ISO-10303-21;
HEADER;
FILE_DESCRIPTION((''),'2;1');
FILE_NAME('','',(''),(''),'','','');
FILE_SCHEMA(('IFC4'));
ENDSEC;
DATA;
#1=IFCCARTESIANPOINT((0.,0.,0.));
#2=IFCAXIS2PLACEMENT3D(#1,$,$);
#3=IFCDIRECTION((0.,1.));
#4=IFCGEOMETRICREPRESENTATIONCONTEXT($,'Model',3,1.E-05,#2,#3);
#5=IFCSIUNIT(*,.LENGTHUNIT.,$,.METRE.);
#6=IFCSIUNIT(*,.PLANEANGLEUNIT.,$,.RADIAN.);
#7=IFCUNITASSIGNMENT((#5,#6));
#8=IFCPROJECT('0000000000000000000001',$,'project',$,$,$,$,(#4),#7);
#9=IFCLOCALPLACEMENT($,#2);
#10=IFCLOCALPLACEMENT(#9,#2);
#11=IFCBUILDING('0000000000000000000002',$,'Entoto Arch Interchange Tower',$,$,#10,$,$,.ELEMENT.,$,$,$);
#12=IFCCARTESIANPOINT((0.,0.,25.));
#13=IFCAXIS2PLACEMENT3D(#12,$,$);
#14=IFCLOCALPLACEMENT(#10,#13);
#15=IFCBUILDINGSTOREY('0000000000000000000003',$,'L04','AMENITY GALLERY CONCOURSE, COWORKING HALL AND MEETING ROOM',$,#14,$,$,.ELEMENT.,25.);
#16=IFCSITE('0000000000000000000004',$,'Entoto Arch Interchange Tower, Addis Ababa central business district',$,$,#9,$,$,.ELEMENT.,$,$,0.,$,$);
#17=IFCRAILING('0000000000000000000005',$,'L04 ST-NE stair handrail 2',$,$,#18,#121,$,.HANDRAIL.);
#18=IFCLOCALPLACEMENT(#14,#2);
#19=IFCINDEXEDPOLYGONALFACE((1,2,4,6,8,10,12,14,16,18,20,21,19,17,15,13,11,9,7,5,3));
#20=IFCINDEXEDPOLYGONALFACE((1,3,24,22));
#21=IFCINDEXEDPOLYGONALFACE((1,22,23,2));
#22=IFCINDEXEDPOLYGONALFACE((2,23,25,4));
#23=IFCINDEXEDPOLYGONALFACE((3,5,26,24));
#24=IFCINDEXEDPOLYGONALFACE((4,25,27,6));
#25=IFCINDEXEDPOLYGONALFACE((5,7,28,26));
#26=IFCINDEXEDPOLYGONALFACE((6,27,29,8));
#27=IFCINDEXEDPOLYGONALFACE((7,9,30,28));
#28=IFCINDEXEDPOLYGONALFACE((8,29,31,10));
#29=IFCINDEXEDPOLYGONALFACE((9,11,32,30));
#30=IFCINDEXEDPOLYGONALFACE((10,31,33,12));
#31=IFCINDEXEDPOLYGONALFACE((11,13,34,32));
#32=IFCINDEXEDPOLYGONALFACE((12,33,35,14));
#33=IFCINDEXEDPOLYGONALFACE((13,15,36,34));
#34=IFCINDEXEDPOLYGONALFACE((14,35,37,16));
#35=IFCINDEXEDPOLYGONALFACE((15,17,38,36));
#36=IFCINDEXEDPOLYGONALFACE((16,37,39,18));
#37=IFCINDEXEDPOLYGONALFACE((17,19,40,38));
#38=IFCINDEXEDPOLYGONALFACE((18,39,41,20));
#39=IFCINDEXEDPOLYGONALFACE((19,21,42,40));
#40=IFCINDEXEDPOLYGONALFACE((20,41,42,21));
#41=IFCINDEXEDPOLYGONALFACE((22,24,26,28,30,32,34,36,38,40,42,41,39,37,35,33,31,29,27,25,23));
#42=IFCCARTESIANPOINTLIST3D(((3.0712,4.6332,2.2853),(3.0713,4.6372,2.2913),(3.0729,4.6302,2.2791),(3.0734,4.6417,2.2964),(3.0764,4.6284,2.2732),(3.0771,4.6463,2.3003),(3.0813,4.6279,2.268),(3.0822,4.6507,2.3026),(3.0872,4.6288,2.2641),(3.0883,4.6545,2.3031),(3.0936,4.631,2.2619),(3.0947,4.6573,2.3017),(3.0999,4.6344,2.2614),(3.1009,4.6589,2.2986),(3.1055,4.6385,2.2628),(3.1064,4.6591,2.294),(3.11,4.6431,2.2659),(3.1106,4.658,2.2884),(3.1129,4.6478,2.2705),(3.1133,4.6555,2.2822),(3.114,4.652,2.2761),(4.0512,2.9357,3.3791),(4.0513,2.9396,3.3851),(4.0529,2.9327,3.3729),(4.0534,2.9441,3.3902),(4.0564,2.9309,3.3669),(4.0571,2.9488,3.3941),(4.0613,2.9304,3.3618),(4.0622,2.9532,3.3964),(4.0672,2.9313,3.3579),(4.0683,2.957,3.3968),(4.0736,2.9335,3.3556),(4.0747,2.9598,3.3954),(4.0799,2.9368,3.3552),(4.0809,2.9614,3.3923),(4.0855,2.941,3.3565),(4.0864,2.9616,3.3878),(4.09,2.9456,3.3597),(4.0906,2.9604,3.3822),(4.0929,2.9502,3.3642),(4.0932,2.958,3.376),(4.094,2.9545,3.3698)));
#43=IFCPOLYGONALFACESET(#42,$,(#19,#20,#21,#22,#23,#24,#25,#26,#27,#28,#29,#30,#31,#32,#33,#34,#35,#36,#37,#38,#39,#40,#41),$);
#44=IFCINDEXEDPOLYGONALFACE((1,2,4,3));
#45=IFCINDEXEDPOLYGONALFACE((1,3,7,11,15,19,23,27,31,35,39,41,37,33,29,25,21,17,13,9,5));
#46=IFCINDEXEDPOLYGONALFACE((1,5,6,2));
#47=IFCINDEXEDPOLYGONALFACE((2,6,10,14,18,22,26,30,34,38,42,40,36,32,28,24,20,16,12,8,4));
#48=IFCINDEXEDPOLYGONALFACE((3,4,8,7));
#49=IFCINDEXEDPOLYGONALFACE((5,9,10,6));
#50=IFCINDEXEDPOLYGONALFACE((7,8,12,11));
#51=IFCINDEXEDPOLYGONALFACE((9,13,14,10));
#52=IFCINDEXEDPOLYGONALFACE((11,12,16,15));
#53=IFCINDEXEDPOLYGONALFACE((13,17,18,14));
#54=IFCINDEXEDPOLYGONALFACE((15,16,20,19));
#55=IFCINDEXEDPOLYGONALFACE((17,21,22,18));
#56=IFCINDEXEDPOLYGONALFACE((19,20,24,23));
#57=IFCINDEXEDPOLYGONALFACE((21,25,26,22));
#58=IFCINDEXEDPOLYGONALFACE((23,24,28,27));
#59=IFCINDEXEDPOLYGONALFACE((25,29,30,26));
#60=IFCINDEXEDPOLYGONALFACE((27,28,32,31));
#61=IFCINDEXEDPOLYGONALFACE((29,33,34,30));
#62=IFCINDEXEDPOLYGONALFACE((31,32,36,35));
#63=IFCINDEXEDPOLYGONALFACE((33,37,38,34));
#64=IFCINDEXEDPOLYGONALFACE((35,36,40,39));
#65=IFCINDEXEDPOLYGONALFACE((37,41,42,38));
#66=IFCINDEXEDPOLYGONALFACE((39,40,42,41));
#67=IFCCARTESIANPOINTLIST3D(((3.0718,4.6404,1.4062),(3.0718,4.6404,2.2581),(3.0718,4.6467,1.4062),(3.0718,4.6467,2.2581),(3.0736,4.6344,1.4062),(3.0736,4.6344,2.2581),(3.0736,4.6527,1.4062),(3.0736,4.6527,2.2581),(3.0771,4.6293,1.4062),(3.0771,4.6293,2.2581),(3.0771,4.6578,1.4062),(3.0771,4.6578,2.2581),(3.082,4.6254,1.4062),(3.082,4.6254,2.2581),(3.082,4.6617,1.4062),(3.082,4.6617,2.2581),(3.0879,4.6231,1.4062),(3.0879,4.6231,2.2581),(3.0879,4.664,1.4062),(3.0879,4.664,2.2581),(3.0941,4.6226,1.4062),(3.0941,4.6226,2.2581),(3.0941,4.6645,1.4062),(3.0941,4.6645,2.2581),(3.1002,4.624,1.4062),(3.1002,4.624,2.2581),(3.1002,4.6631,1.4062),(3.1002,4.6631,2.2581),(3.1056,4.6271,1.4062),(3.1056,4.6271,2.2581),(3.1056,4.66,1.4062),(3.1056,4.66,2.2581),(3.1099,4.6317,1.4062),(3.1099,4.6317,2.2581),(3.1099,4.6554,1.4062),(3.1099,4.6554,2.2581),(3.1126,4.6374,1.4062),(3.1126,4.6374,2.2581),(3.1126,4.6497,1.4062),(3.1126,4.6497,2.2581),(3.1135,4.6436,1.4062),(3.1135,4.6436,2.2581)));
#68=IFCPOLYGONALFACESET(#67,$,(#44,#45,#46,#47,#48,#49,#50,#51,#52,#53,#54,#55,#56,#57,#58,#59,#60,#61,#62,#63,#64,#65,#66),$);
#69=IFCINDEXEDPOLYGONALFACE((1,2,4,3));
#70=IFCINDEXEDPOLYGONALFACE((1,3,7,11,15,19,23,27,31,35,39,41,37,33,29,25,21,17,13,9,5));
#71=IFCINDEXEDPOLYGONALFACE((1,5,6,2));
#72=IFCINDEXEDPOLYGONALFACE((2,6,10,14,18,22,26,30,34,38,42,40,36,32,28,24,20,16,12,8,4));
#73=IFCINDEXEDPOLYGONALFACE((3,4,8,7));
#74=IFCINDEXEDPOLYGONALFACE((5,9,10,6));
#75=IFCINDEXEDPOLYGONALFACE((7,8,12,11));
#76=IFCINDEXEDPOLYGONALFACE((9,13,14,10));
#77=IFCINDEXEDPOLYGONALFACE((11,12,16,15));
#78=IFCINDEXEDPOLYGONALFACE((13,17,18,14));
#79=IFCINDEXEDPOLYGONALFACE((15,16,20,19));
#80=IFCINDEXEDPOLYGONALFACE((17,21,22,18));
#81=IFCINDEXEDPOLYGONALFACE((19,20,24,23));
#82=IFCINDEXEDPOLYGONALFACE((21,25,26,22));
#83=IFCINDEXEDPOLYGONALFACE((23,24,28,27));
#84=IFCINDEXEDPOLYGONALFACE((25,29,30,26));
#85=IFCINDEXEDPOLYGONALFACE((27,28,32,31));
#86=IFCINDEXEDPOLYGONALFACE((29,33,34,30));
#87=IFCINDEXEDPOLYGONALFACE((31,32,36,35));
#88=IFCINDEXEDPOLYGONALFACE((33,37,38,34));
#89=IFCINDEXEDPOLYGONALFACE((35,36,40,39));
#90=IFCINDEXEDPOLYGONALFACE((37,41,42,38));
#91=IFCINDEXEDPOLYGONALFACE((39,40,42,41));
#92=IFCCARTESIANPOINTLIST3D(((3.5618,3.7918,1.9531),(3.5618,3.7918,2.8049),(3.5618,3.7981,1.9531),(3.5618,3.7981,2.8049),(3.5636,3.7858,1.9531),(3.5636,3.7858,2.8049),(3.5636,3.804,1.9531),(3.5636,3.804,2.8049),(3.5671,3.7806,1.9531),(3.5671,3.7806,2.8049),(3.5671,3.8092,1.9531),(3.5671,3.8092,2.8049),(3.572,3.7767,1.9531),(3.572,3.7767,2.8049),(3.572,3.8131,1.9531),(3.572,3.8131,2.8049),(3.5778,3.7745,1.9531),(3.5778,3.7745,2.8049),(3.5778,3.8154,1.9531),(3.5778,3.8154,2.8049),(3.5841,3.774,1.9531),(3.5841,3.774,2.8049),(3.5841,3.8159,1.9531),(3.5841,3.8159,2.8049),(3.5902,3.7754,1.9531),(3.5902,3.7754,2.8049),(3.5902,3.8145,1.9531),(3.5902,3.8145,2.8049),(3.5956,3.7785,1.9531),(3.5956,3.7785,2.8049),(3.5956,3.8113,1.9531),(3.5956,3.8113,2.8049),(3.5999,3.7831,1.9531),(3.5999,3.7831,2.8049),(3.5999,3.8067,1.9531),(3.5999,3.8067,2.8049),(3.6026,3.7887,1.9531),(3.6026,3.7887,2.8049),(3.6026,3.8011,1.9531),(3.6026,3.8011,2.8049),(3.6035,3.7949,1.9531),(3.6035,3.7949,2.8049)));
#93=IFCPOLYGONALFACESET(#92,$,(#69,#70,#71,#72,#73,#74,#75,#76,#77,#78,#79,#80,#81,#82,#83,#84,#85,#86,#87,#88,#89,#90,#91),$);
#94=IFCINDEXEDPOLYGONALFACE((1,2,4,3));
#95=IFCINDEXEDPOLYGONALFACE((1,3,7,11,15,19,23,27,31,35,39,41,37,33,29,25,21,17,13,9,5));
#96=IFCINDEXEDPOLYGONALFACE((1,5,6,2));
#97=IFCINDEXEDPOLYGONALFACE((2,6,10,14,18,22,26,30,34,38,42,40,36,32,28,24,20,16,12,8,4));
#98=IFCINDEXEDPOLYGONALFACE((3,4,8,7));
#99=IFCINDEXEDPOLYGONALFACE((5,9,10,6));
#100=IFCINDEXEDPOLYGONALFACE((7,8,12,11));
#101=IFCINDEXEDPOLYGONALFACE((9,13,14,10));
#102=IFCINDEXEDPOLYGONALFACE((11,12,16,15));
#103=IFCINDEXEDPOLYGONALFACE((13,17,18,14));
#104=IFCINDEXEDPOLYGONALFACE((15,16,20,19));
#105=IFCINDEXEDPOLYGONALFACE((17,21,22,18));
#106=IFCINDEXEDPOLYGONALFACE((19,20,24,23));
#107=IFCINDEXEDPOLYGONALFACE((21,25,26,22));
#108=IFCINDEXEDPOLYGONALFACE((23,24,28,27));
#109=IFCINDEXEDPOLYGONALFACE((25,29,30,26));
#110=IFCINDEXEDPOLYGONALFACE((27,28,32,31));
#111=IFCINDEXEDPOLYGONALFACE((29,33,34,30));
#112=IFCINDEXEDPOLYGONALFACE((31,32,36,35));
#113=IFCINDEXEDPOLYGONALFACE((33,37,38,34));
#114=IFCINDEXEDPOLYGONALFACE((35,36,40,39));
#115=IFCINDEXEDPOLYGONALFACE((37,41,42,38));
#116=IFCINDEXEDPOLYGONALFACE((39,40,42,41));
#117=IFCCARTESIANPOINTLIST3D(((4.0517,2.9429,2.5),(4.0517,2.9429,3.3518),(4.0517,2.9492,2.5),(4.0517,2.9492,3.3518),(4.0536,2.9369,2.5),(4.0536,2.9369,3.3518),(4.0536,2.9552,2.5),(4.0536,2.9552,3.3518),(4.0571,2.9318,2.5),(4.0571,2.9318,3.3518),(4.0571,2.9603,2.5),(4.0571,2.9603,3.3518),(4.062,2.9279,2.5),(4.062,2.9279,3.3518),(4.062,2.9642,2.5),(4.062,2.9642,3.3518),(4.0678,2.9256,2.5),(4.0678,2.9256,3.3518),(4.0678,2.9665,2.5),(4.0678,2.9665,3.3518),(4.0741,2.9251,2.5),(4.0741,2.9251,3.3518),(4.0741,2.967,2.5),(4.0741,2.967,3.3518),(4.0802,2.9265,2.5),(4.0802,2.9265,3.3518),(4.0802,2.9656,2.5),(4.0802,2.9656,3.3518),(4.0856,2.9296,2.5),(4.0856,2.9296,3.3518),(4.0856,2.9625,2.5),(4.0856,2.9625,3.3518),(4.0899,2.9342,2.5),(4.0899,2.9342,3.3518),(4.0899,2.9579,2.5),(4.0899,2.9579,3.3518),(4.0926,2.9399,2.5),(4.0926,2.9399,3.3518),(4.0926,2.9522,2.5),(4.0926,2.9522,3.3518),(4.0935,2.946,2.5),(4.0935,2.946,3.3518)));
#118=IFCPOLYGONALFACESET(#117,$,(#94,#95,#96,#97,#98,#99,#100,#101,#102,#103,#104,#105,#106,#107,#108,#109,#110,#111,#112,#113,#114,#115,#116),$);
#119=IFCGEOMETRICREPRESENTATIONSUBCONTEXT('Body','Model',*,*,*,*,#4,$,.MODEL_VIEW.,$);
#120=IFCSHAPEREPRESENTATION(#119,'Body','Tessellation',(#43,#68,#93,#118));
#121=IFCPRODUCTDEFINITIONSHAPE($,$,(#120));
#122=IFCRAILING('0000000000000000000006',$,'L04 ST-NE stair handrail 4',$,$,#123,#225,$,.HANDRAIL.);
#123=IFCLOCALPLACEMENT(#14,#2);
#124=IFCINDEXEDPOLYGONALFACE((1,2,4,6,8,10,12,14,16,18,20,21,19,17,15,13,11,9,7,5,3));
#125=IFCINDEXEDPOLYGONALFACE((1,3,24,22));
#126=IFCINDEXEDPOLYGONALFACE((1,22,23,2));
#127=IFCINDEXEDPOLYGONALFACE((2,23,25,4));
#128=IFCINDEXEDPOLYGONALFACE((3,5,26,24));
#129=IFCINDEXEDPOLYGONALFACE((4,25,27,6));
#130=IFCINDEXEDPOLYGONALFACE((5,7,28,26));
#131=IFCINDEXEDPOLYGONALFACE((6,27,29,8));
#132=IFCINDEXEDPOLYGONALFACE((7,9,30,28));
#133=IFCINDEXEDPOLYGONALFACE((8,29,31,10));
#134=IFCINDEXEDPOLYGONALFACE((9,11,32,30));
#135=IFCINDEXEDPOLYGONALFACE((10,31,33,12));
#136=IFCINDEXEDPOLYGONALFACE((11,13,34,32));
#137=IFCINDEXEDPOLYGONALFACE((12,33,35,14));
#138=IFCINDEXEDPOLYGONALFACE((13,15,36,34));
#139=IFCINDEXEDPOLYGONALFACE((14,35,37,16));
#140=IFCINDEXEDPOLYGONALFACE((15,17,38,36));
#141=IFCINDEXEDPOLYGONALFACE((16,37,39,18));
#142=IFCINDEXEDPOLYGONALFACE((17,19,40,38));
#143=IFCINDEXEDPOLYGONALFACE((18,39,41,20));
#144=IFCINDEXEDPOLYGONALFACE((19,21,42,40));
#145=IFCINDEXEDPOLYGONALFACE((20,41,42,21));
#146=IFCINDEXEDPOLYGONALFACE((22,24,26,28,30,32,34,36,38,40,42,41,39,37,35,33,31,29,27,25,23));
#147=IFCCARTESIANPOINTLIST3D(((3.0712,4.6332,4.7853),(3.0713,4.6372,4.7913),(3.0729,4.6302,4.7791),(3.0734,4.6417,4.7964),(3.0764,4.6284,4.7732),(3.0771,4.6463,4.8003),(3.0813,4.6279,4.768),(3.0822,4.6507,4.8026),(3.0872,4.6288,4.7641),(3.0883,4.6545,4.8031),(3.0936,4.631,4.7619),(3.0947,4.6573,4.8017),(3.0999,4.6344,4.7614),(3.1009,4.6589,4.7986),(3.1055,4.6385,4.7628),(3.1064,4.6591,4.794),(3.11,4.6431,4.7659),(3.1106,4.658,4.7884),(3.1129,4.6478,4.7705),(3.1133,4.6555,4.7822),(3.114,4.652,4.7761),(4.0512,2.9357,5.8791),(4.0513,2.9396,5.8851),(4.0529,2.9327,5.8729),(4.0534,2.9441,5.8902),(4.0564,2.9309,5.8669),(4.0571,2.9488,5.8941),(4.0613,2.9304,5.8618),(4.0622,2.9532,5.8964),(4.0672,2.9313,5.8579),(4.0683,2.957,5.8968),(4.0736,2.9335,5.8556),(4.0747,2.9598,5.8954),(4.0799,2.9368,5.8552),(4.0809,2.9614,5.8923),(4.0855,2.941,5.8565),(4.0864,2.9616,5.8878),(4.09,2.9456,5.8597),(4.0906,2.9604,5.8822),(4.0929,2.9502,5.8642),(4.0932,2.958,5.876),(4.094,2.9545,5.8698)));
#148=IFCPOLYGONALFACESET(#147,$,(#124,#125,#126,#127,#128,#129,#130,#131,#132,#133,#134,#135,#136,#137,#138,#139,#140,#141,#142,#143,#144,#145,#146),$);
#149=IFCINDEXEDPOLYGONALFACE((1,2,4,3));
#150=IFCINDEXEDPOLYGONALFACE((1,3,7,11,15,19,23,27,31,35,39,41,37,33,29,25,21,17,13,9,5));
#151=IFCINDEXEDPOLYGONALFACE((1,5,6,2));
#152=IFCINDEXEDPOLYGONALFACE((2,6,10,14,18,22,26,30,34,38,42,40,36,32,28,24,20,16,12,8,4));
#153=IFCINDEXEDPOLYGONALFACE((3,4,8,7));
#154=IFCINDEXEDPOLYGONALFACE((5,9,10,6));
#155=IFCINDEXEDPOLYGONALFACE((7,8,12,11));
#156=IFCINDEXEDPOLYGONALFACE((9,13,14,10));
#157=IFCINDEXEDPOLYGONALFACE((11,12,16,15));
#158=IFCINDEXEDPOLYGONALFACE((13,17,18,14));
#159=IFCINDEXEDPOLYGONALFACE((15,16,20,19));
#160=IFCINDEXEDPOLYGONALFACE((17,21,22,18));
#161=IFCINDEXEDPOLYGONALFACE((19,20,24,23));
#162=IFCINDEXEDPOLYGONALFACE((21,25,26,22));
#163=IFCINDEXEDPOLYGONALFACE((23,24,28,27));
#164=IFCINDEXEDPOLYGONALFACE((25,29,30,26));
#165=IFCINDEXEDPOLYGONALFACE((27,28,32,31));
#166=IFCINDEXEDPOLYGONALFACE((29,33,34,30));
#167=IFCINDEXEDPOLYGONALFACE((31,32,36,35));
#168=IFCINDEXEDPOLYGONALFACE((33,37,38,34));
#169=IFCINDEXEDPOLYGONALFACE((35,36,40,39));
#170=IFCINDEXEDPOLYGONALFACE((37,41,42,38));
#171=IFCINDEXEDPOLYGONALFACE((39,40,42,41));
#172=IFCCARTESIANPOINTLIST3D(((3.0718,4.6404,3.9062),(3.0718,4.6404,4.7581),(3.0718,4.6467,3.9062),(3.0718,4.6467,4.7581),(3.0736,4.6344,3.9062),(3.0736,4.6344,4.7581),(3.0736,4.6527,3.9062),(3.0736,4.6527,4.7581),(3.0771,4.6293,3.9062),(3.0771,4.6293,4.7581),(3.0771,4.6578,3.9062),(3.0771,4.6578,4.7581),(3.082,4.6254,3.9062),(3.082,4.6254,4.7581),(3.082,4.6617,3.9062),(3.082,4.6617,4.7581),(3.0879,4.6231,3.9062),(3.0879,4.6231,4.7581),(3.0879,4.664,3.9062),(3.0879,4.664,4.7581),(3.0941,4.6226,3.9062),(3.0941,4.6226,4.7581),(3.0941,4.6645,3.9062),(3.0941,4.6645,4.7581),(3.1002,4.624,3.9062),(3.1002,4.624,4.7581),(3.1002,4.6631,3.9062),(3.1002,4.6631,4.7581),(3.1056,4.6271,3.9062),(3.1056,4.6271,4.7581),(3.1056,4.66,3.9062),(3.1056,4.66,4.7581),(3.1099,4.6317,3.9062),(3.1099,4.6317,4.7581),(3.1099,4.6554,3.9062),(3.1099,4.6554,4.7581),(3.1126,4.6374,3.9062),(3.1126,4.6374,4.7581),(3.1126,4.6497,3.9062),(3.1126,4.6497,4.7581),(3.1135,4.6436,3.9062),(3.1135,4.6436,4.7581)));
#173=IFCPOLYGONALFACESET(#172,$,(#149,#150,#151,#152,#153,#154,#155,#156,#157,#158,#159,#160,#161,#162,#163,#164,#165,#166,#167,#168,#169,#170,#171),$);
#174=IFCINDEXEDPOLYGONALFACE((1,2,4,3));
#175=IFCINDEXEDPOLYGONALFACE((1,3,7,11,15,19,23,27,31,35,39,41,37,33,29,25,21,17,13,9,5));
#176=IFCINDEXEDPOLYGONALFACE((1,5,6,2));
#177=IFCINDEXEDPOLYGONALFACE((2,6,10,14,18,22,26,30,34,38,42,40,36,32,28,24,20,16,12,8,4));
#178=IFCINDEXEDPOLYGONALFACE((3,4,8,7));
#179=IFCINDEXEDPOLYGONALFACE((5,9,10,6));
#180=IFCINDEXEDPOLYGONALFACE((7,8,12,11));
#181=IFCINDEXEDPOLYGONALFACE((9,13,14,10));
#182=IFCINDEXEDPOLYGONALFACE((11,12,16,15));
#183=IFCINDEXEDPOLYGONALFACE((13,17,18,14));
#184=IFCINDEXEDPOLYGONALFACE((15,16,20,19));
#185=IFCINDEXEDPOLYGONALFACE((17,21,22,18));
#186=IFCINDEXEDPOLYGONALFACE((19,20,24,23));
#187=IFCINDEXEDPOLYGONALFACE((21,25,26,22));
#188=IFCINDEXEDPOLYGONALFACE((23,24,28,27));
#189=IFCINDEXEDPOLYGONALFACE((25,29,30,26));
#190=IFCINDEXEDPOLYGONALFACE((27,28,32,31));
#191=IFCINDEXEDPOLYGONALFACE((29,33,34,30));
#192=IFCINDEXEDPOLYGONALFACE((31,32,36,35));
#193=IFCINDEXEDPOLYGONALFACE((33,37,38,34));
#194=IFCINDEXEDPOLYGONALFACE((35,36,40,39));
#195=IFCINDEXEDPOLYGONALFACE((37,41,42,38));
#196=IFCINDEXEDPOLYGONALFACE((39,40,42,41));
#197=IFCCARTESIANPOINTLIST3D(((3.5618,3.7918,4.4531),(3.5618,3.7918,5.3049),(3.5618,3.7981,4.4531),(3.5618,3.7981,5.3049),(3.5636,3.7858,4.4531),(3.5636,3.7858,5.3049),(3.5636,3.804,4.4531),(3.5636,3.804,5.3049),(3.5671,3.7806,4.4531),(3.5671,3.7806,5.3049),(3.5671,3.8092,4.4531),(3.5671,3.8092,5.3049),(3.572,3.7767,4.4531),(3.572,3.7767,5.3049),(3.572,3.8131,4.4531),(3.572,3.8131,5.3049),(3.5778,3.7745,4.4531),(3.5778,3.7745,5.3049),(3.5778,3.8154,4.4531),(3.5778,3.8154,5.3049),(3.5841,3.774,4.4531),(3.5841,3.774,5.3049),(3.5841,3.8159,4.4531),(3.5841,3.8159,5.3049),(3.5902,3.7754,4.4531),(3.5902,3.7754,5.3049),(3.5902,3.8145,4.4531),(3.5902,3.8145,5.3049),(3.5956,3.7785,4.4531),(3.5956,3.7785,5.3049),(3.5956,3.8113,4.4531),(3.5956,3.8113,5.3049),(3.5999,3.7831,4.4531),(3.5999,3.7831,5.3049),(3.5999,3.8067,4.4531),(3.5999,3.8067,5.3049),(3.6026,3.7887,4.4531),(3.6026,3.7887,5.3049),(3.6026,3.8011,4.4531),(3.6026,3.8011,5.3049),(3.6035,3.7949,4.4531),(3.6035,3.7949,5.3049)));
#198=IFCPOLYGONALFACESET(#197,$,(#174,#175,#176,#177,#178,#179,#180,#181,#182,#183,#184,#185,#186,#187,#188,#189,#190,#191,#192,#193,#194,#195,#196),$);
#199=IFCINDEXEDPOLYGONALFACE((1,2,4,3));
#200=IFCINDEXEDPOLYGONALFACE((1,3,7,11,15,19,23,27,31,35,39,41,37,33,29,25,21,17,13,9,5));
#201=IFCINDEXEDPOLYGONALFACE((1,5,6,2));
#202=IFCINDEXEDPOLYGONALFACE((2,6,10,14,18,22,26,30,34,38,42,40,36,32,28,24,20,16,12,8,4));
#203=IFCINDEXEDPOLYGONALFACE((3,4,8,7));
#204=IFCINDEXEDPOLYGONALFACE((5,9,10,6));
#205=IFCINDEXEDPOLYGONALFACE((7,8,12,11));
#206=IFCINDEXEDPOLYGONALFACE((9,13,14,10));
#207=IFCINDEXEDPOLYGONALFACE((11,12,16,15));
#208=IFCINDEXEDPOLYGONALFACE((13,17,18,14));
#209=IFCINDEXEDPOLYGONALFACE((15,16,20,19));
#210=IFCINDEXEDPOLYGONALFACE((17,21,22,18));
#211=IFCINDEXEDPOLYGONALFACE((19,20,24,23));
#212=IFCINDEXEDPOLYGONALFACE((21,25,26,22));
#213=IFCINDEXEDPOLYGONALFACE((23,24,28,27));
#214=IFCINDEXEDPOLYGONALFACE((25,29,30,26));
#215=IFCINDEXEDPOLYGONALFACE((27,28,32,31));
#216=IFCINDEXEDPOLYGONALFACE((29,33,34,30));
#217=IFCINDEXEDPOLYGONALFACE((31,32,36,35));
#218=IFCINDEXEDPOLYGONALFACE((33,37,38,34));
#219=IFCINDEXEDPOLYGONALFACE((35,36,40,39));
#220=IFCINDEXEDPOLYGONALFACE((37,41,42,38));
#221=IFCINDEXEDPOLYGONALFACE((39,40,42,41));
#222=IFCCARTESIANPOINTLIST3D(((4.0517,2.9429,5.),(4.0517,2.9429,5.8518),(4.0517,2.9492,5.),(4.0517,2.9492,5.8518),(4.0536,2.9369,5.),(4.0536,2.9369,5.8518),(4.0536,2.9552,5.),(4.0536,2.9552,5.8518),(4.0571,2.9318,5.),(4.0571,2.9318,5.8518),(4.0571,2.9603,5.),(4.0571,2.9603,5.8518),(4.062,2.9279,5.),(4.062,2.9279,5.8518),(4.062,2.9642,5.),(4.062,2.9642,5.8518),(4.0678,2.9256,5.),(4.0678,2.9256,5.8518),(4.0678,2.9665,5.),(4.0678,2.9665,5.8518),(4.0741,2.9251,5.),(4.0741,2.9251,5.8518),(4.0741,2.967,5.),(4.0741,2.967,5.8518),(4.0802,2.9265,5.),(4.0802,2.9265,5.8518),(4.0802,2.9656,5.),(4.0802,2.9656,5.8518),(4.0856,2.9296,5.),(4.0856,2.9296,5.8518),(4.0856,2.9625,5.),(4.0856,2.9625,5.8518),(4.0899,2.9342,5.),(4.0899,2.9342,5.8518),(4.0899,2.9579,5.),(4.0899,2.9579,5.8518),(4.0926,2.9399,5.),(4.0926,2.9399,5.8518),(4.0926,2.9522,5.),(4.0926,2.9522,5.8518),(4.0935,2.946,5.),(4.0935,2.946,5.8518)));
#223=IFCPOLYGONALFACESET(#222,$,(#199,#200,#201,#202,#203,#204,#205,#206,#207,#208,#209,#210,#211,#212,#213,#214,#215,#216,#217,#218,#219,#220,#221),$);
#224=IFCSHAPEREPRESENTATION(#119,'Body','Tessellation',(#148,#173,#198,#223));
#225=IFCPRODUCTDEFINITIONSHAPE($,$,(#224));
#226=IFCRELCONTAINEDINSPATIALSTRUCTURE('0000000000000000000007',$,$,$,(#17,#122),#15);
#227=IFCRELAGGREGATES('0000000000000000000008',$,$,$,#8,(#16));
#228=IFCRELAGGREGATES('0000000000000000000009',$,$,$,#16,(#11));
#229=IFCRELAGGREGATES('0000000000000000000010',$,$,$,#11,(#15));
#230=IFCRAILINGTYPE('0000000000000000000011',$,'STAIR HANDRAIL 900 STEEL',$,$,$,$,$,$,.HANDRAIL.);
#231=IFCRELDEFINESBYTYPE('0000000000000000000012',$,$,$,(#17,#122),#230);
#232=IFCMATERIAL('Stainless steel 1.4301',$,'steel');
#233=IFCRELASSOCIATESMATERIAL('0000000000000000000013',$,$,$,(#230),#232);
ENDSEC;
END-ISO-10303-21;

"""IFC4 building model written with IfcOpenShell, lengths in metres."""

from ifc_helpers import new_model, si_unit, direction, frame, origin, origin_2d, place, context, subcontext, project, spatial, circle, extrude, material, type_object, element, save


model = new_model("IFC4")

# Units and contexts
model_context = context("Model", 3, precision=1e-05, world=origin(), true_north=direction((0.0, 1.0)))
body_context = subcontext(model_context, "Body", "Model", "MODEL_VIEW")
ifc_project = project(units=[si_unit("LENGTHUNIT", "METRE"), si_unit("PLANEANGLEUNIT", "RADIAN")], contexts=[model_context])

# Site, building, storey
site_placement = place(None, origin())
site = spatial("IfcSite", under=ifc_project, at=site_placement, Name="Entoto Arch Interchange Tower, Addis Ababa central business district", CompositionType="ELEMENT", RefElevation=0.0)
building_placement = place(site_placement, origin())
building = spatial("IfcBuilding", under=site, at=building_placement, Name="Entoto Arch Interchange Tower", CompositionType="ELEMENT")
storey_placement = place(building_placement, frame((0.0, 0.0, 25.0)))
storey = spatial("IfcBuildingStorey", under=building, at=storey_placement, Name="L04", Description="AMENITY GALLERY CONCOURSE, COWORKING HALL AND MEETING ROOM", CompositionType="ELEMENT", Elevation=25.0)

# Railings
ifc_material_1 = material(Name="Stainless steel 1.4301", Category="steel")
railing_type_1 = type_object("IfcRailingType", Name="STAIR HANDRAIL 900 STEEL", PredefinedType="HANDRAIL", material=ifc_material_1)
for number, where, name in (
    (1, (3.0925, 4.6436, 1.4062), "L04 ST-NE stair handrail 2"),
    (2, (3.0925, 4.6436, 3.9062), "L04 ST-NE stair handrail 4"),
):
    element("IfcRailing", number, at=place(storey_placement, frame(where)), inside=storey, type_object=railing_type_1, Name=name, PredefinedType="HANDRAIL", context=body_context, shape_type="SweptSolid", body=[
        extrude(circle(Radius=0.0239, at=origin_2d()), frame((0.0, 0.0, 0.876), z_axis=(0.436596, -0.756267, 0.487282), x_axis=(0.866042, 0.49997, 0.0)), (0.0, 0.0, 1.0), 2.2446),
        extrude(circle(Radius=0.021, at=origin_2d()), origin(), (0.0, 0.0, 1.0), 0.8518),
        extrude(circle(Radius=0.021, at=origin_2d()), frame((0.49, -0.8486, 0.5469)), (0.0, 0.0, 1.0), 0.8518),
        extrude(circle(Radius=0.021, at=origin_2d()), frame((0.98, -1.6975, 1.0938)), (0.0, 0.0, 1.0), 0.8518),
    ])

save(model, "model.ifc")
